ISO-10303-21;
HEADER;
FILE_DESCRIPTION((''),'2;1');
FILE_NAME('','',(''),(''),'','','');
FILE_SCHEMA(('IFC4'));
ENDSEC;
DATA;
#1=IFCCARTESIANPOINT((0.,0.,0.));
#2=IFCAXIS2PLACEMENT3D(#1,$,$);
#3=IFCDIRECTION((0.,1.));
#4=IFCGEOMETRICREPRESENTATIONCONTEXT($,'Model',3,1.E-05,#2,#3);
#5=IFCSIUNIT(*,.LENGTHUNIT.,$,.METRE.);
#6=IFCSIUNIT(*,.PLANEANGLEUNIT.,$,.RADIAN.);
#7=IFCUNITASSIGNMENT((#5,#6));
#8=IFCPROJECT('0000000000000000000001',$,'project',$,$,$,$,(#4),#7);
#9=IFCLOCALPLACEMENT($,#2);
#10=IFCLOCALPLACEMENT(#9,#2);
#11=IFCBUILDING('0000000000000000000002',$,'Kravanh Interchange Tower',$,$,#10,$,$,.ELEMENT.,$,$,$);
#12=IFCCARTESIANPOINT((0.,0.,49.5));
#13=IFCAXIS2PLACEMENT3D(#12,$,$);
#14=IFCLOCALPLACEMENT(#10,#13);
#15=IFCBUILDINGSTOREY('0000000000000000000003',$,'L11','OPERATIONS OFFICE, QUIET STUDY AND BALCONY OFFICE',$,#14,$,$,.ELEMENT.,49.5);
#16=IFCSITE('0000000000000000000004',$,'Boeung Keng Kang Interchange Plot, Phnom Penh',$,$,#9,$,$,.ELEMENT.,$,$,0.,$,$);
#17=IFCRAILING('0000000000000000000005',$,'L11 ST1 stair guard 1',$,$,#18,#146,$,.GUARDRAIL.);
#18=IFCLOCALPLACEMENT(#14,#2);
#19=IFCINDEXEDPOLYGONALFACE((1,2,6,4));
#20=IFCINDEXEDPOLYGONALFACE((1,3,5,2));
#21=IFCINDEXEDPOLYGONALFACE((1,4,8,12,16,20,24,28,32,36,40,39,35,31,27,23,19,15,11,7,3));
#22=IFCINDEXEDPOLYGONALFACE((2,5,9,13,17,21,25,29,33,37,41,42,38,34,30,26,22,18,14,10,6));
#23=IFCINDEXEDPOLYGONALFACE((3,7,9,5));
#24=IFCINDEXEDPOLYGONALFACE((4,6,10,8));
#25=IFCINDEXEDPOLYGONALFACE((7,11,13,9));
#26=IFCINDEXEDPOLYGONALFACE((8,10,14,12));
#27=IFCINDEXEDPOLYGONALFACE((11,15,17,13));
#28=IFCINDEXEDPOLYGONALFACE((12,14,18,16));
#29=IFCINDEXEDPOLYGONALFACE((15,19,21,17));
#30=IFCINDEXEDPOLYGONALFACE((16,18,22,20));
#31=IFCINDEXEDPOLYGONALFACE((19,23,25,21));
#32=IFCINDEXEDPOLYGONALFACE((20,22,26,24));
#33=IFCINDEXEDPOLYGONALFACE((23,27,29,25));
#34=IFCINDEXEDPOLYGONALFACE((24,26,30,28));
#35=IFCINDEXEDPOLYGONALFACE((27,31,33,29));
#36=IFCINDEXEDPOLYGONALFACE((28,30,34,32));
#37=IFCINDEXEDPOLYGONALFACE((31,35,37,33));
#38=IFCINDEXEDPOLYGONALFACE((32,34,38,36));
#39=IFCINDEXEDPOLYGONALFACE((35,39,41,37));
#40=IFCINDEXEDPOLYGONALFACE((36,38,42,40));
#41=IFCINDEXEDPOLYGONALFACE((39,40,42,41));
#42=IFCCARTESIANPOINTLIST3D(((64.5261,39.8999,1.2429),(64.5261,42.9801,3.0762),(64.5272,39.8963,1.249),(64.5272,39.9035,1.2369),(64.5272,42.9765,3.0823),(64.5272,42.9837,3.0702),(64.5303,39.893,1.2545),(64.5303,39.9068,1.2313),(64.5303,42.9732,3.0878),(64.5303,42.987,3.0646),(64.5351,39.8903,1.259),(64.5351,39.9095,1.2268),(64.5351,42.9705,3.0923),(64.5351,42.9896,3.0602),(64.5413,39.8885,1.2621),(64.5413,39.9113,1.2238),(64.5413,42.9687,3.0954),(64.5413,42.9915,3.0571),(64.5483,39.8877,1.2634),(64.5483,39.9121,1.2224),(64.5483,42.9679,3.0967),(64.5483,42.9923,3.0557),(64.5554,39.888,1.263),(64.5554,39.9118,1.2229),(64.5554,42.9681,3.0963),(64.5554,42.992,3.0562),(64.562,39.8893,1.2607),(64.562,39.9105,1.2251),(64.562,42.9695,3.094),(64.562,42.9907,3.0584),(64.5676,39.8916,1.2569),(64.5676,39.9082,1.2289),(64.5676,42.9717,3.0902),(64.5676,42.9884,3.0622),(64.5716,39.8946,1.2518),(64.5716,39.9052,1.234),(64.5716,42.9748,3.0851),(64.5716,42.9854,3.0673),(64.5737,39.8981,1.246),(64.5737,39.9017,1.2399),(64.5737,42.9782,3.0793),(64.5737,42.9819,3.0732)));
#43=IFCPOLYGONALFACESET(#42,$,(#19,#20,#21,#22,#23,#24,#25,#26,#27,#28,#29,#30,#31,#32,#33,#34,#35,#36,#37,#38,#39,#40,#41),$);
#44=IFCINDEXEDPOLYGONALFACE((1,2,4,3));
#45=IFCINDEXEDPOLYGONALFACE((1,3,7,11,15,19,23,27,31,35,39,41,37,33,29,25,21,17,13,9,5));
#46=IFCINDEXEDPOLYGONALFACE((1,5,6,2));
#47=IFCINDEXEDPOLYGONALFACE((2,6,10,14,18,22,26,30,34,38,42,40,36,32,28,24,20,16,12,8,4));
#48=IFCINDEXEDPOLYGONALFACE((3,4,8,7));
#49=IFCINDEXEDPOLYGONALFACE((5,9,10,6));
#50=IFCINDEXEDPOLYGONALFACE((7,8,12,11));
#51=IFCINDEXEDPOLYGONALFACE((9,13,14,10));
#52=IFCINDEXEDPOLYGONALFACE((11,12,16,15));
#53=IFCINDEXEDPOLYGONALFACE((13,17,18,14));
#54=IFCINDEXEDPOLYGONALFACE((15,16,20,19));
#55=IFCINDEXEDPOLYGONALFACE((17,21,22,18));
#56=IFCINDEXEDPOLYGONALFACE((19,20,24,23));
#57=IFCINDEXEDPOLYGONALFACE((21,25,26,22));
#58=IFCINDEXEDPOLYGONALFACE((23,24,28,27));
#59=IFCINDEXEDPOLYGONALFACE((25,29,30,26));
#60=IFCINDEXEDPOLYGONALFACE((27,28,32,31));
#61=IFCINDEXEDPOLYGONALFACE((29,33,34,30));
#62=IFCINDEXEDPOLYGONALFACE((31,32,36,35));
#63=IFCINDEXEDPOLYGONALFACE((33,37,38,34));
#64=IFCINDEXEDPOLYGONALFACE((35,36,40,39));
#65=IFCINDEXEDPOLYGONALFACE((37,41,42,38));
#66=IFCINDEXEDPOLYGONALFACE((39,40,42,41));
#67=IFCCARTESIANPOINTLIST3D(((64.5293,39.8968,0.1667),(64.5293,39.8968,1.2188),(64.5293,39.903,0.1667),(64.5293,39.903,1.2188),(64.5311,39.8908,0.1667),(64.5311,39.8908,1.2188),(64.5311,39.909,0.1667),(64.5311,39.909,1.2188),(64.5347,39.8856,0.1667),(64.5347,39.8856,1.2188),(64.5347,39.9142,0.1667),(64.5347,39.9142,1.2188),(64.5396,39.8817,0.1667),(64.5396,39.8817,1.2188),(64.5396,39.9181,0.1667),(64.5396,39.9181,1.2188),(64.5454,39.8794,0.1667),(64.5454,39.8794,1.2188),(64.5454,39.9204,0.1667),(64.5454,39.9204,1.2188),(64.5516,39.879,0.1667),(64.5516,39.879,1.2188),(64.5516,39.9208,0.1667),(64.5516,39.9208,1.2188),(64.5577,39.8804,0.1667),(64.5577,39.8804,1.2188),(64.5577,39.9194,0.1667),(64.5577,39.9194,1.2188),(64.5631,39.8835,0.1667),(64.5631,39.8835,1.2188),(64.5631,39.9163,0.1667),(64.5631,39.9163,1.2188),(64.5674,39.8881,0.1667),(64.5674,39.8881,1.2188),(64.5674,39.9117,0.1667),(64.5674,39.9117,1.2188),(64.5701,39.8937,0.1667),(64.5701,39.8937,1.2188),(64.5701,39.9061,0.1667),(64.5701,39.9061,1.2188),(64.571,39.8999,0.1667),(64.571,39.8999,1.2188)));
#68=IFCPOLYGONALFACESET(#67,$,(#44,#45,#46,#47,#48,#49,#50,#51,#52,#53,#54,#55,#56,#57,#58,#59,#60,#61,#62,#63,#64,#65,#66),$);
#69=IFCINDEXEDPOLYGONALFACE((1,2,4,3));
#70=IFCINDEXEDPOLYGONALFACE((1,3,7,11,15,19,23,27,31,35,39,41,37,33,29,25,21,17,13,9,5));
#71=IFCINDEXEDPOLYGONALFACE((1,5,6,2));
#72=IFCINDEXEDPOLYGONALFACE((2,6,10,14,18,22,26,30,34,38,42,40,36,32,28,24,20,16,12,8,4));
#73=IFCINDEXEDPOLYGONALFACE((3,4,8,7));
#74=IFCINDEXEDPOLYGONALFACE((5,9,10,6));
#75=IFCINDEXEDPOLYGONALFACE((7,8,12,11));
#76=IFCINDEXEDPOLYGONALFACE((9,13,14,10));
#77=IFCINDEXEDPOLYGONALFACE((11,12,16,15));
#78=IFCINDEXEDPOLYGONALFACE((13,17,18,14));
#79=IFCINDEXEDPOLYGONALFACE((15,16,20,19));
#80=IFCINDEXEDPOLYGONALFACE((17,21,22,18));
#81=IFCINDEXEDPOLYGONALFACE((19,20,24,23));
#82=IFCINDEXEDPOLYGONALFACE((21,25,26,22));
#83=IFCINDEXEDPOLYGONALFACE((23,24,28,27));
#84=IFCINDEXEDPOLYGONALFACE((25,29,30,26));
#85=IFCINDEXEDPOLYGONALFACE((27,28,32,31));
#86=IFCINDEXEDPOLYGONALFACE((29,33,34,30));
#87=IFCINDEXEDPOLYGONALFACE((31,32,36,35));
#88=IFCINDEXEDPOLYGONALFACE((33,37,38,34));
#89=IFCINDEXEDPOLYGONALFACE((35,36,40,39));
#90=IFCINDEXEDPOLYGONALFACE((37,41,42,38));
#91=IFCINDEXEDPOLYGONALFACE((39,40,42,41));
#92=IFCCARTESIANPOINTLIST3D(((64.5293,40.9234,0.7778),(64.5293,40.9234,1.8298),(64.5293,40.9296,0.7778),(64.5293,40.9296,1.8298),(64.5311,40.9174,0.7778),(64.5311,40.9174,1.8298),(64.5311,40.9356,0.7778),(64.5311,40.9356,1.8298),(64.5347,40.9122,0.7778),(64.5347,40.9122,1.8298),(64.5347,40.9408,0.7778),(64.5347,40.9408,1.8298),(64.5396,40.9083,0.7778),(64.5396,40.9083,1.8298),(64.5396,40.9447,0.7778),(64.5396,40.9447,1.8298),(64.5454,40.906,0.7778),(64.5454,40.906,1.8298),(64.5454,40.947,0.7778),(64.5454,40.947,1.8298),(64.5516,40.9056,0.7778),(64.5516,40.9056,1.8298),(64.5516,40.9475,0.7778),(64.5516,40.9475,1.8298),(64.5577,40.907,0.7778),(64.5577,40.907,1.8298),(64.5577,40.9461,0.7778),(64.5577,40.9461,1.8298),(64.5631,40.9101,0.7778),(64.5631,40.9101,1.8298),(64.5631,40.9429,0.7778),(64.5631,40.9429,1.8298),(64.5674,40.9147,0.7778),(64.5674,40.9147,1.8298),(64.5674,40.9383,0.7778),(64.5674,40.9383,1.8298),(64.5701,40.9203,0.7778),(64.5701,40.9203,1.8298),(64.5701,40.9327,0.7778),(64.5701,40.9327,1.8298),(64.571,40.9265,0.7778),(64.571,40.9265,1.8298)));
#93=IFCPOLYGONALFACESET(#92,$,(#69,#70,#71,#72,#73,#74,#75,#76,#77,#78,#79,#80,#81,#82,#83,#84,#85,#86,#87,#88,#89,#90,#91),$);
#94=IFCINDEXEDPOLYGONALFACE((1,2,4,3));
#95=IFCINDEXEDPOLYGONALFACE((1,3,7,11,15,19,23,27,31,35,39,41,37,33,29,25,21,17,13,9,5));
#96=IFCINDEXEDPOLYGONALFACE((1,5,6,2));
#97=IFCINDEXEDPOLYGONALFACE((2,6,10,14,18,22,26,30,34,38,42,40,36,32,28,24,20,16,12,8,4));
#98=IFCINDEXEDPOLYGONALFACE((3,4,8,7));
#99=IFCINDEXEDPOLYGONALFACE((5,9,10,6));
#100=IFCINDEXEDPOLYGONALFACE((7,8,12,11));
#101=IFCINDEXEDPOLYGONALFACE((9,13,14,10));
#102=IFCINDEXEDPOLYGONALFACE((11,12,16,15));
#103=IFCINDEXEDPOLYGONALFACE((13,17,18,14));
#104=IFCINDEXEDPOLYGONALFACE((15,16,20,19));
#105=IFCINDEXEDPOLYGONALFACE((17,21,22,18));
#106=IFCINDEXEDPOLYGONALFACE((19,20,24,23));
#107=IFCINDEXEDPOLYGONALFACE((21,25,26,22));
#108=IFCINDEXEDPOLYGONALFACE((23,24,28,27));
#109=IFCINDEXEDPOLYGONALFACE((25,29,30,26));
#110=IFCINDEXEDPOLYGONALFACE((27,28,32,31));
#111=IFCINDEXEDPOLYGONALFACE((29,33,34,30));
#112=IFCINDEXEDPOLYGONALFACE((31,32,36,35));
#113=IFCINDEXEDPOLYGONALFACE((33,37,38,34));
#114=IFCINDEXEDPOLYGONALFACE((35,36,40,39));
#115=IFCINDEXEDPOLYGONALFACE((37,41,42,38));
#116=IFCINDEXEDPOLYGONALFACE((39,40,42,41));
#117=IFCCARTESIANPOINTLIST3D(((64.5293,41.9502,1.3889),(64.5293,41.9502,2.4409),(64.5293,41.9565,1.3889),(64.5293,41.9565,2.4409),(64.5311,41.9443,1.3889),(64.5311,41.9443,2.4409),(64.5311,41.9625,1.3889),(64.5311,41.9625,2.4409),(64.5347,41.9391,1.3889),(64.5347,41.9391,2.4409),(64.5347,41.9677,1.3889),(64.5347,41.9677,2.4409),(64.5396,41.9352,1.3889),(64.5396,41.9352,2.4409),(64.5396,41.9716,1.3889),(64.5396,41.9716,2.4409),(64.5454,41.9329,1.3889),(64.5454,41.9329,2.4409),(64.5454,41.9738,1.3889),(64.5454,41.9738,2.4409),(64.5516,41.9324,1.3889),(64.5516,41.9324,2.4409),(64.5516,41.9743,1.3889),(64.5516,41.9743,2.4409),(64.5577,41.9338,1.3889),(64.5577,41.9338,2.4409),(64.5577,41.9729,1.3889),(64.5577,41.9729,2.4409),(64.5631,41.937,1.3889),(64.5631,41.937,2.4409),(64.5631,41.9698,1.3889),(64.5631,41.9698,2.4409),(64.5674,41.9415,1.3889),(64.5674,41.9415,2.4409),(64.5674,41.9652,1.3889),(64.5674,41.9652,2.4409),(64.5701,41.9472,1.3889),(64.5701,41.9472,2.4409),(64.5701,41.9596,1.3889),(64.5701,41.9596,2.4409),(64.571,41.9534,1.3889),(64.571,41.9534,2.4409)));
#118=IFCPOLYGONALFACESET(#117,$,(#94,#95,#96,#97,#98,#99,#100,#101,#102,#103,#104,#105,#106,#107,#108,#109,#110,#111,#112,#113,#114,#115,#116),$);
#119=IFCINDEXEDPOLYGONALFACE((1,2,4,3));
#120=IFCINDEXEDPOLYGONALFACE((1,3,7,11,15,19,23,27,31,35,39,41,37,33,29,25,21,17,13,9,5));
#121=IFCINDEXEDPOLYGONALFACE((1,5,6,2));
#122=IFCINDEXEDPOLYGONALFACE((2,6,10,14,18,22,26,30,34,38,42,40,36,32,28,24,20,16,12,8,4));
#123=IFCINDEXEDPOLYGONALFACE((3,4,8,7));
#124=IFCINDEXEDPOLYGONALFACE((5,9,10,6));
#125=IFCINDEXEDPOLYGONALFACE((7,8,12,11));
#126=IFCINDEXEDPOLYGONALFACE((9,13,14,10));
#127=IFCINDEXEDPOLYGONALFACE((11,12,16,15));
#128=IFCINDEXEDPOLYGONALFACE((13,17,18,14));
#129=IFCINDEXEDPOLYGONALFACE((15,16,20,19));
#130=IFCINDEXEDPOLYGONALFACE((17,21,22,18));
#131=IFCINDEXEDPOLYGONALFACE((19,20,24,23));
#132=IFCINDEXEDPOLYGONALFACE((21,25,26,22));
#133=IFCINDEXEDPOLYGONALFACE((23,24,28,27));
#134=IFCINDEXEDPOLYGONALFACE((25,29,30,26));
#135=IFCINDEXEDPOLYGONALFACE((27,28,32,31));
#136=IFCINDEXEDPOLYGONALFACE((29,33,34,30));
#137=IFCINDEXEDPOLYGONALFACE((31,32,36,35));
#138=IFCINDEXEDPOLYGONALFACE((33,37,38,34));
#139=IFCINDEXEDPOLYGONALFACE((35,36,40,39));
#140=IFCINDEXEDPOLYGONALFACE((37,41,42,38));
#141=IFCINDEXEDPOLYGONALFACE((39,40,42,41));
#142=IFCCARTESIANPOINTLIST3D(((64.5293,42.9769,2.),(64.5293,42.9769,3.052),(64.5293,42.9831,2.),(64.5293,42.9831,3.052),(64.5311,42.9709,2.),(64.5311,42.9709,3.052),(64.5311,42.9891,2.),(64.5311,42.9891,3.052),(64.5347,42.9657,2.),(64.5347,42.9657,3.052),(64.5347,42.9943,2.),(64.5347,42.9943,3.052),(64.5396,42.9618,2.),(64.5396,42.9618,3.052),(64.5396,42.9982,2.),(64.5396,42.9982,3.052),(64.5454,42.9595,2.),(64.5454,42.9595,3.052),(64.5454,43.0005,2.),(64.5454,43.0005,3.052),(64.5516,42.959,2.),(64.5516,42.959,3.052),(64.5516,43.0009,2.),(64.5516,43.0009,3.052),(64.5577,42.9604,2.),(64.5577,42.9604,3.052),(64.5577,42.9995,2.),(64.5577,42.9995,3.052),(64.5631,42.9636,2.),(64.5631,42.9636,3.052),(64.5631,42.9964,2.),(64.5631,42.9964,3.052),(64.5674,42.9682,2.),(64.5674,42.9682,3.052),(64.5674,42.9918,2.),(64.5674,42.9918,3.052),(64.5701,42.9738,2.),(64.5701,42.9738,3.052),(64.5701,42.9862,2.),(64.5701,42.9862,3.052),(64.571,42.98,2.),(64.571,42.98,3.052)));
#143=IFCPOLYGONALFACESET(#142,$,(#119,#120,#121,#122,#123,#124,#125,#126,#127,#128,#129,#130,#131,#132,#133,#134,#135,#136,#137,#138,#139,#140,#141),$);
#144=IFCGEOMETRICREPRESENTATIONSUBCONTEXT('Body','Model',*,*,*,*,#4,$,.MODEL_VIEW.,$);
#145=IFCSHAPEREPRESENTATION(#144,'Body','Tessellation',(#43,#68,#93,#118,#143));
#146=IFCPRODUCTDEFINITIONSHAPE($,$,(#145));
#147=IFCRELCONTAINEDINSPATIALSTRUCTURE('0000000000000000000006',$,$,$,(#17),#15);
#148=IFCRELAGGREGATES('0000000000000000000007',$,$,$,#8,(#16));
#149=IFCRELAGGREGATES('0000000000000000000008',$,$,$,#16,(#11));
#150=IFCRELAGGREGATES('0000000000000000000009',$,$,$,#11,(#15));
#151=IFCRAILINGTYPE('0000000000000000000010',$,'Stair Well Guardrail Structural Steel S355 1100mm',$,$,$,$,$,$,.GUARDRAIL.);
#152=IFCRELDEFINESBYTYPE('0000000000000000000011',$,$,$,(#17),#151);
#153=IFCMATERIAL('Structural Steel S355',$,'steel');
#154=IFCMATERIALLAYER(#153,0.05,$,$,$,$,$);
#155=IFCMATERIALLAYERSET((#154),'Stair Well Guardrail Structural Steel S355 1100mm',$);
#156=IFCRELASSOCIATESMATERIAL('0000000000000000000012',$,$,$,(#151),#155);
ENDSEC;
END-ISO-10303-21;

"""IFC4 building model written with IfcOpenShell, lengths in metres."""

from ifc_helpers import new_model, si_unit, direction, frame, origin, origin_2d, place, context, subcontext, project, spatial, circle, extrude, material, layer, layer_set, type_object, element, save


model = new_model("IFC4")

# Units and contexts
model_context = context("Model", 3, precision=1e-05, world=origin(), true_north=direction((0.0, 1.0)))
body_context = subcontext(model_context, "Body", "Model", "MODEL_VIEW")
ifc_project = project(units=[si_unit("LENGTHUNIT", "METRE"), si_unit("PLANEANGLEUNIT", "RADIAN")], contexts=[model_context])

# Site, building, storey
site_placement = place(None, origin())
site = spatial("IfcSite", under=ifc_project, at=site_placement, Name="Boeung Keng Kang Interchange Plot, Phnom Penh", CompositionType="ELEMENT", RefElevation=0.0)
building_placement = place(site_placement, origin())
building = spatial("IfcBuilding", under=site, at=building_placement, Name="Kravanh Interchange Tower", CompositionType="ELEMENT")
storey_placement = place(building_placement, frame((0.0, 0.0, 49.5)))
storey = spatial("IfcBuildingStorey", under=building, at=storey_placement, Name="L11", Description="OPERATIONS OFFICE, QUIET STUDY AND BALCONY OFFICE", CompositionType="ELEMENT", Elevation=49.5)

# Railing
ifc_material_1 = material(Name="Structural Steel S355", Category="steel")
ifc_layer_1 = layer(ifc_material_1, 0.05)
ifc_layer_set_1 = layer_set([ifc_layer_1], Name="Stair Well Guardrail Structural Steel S355 1100mm")
railing_type_1 = type_object("IfcRailingType", Name="Stair Well Guardrail Structural Steel S355 1100mm", PredefinedType="GUARDRAIL", material=ifc_layer_set_1)
railing_1_placement = place(storey_placement, frame((64.55, 39.8999, 0.1667)))
element("IfcRailing", 1, at=railing_1_placement, inside=storey, type_object=railing_type_1, Name="L11 ST1 stair guard 1", PredefinedType="GUARDRAIL", context=body_context, shape_type="SweptSolid", body=[
    extrude(circle(Radius=0.0239, at=origin_2d()), frame((0.0, 0.0, 1.0762), z_axis=(0.0, 0.859309, 0.511458), x_axis=(-1.0, 0.0, 0.0)), (0.0, 0.0, 1.0), 3.5845),
    extrude(circle(Radius=0.021, at=origin_2d()), origin(), (0.0, 0.0, 1.0), 1.052),
    extrude(circle(Radius=0.021, at=origin_2d()), frame((0.0, 1.0266, 0.6111)), (0.0, 0.0, 1.0), 1.052),
    extrude(circle(Radius=0.021, at=origin_2d()), frame((0.0, 2.0535, 1.2222)), (0.0, 0.0, 1.0), 1.052),
    extrude(circle(Radius=0.021, at=origin_2d()), frame((0.0, 3.0801, 1.8333)), (0.0, 0.0, 1.0), 1.052),
])

save(model, "model.ifc")
